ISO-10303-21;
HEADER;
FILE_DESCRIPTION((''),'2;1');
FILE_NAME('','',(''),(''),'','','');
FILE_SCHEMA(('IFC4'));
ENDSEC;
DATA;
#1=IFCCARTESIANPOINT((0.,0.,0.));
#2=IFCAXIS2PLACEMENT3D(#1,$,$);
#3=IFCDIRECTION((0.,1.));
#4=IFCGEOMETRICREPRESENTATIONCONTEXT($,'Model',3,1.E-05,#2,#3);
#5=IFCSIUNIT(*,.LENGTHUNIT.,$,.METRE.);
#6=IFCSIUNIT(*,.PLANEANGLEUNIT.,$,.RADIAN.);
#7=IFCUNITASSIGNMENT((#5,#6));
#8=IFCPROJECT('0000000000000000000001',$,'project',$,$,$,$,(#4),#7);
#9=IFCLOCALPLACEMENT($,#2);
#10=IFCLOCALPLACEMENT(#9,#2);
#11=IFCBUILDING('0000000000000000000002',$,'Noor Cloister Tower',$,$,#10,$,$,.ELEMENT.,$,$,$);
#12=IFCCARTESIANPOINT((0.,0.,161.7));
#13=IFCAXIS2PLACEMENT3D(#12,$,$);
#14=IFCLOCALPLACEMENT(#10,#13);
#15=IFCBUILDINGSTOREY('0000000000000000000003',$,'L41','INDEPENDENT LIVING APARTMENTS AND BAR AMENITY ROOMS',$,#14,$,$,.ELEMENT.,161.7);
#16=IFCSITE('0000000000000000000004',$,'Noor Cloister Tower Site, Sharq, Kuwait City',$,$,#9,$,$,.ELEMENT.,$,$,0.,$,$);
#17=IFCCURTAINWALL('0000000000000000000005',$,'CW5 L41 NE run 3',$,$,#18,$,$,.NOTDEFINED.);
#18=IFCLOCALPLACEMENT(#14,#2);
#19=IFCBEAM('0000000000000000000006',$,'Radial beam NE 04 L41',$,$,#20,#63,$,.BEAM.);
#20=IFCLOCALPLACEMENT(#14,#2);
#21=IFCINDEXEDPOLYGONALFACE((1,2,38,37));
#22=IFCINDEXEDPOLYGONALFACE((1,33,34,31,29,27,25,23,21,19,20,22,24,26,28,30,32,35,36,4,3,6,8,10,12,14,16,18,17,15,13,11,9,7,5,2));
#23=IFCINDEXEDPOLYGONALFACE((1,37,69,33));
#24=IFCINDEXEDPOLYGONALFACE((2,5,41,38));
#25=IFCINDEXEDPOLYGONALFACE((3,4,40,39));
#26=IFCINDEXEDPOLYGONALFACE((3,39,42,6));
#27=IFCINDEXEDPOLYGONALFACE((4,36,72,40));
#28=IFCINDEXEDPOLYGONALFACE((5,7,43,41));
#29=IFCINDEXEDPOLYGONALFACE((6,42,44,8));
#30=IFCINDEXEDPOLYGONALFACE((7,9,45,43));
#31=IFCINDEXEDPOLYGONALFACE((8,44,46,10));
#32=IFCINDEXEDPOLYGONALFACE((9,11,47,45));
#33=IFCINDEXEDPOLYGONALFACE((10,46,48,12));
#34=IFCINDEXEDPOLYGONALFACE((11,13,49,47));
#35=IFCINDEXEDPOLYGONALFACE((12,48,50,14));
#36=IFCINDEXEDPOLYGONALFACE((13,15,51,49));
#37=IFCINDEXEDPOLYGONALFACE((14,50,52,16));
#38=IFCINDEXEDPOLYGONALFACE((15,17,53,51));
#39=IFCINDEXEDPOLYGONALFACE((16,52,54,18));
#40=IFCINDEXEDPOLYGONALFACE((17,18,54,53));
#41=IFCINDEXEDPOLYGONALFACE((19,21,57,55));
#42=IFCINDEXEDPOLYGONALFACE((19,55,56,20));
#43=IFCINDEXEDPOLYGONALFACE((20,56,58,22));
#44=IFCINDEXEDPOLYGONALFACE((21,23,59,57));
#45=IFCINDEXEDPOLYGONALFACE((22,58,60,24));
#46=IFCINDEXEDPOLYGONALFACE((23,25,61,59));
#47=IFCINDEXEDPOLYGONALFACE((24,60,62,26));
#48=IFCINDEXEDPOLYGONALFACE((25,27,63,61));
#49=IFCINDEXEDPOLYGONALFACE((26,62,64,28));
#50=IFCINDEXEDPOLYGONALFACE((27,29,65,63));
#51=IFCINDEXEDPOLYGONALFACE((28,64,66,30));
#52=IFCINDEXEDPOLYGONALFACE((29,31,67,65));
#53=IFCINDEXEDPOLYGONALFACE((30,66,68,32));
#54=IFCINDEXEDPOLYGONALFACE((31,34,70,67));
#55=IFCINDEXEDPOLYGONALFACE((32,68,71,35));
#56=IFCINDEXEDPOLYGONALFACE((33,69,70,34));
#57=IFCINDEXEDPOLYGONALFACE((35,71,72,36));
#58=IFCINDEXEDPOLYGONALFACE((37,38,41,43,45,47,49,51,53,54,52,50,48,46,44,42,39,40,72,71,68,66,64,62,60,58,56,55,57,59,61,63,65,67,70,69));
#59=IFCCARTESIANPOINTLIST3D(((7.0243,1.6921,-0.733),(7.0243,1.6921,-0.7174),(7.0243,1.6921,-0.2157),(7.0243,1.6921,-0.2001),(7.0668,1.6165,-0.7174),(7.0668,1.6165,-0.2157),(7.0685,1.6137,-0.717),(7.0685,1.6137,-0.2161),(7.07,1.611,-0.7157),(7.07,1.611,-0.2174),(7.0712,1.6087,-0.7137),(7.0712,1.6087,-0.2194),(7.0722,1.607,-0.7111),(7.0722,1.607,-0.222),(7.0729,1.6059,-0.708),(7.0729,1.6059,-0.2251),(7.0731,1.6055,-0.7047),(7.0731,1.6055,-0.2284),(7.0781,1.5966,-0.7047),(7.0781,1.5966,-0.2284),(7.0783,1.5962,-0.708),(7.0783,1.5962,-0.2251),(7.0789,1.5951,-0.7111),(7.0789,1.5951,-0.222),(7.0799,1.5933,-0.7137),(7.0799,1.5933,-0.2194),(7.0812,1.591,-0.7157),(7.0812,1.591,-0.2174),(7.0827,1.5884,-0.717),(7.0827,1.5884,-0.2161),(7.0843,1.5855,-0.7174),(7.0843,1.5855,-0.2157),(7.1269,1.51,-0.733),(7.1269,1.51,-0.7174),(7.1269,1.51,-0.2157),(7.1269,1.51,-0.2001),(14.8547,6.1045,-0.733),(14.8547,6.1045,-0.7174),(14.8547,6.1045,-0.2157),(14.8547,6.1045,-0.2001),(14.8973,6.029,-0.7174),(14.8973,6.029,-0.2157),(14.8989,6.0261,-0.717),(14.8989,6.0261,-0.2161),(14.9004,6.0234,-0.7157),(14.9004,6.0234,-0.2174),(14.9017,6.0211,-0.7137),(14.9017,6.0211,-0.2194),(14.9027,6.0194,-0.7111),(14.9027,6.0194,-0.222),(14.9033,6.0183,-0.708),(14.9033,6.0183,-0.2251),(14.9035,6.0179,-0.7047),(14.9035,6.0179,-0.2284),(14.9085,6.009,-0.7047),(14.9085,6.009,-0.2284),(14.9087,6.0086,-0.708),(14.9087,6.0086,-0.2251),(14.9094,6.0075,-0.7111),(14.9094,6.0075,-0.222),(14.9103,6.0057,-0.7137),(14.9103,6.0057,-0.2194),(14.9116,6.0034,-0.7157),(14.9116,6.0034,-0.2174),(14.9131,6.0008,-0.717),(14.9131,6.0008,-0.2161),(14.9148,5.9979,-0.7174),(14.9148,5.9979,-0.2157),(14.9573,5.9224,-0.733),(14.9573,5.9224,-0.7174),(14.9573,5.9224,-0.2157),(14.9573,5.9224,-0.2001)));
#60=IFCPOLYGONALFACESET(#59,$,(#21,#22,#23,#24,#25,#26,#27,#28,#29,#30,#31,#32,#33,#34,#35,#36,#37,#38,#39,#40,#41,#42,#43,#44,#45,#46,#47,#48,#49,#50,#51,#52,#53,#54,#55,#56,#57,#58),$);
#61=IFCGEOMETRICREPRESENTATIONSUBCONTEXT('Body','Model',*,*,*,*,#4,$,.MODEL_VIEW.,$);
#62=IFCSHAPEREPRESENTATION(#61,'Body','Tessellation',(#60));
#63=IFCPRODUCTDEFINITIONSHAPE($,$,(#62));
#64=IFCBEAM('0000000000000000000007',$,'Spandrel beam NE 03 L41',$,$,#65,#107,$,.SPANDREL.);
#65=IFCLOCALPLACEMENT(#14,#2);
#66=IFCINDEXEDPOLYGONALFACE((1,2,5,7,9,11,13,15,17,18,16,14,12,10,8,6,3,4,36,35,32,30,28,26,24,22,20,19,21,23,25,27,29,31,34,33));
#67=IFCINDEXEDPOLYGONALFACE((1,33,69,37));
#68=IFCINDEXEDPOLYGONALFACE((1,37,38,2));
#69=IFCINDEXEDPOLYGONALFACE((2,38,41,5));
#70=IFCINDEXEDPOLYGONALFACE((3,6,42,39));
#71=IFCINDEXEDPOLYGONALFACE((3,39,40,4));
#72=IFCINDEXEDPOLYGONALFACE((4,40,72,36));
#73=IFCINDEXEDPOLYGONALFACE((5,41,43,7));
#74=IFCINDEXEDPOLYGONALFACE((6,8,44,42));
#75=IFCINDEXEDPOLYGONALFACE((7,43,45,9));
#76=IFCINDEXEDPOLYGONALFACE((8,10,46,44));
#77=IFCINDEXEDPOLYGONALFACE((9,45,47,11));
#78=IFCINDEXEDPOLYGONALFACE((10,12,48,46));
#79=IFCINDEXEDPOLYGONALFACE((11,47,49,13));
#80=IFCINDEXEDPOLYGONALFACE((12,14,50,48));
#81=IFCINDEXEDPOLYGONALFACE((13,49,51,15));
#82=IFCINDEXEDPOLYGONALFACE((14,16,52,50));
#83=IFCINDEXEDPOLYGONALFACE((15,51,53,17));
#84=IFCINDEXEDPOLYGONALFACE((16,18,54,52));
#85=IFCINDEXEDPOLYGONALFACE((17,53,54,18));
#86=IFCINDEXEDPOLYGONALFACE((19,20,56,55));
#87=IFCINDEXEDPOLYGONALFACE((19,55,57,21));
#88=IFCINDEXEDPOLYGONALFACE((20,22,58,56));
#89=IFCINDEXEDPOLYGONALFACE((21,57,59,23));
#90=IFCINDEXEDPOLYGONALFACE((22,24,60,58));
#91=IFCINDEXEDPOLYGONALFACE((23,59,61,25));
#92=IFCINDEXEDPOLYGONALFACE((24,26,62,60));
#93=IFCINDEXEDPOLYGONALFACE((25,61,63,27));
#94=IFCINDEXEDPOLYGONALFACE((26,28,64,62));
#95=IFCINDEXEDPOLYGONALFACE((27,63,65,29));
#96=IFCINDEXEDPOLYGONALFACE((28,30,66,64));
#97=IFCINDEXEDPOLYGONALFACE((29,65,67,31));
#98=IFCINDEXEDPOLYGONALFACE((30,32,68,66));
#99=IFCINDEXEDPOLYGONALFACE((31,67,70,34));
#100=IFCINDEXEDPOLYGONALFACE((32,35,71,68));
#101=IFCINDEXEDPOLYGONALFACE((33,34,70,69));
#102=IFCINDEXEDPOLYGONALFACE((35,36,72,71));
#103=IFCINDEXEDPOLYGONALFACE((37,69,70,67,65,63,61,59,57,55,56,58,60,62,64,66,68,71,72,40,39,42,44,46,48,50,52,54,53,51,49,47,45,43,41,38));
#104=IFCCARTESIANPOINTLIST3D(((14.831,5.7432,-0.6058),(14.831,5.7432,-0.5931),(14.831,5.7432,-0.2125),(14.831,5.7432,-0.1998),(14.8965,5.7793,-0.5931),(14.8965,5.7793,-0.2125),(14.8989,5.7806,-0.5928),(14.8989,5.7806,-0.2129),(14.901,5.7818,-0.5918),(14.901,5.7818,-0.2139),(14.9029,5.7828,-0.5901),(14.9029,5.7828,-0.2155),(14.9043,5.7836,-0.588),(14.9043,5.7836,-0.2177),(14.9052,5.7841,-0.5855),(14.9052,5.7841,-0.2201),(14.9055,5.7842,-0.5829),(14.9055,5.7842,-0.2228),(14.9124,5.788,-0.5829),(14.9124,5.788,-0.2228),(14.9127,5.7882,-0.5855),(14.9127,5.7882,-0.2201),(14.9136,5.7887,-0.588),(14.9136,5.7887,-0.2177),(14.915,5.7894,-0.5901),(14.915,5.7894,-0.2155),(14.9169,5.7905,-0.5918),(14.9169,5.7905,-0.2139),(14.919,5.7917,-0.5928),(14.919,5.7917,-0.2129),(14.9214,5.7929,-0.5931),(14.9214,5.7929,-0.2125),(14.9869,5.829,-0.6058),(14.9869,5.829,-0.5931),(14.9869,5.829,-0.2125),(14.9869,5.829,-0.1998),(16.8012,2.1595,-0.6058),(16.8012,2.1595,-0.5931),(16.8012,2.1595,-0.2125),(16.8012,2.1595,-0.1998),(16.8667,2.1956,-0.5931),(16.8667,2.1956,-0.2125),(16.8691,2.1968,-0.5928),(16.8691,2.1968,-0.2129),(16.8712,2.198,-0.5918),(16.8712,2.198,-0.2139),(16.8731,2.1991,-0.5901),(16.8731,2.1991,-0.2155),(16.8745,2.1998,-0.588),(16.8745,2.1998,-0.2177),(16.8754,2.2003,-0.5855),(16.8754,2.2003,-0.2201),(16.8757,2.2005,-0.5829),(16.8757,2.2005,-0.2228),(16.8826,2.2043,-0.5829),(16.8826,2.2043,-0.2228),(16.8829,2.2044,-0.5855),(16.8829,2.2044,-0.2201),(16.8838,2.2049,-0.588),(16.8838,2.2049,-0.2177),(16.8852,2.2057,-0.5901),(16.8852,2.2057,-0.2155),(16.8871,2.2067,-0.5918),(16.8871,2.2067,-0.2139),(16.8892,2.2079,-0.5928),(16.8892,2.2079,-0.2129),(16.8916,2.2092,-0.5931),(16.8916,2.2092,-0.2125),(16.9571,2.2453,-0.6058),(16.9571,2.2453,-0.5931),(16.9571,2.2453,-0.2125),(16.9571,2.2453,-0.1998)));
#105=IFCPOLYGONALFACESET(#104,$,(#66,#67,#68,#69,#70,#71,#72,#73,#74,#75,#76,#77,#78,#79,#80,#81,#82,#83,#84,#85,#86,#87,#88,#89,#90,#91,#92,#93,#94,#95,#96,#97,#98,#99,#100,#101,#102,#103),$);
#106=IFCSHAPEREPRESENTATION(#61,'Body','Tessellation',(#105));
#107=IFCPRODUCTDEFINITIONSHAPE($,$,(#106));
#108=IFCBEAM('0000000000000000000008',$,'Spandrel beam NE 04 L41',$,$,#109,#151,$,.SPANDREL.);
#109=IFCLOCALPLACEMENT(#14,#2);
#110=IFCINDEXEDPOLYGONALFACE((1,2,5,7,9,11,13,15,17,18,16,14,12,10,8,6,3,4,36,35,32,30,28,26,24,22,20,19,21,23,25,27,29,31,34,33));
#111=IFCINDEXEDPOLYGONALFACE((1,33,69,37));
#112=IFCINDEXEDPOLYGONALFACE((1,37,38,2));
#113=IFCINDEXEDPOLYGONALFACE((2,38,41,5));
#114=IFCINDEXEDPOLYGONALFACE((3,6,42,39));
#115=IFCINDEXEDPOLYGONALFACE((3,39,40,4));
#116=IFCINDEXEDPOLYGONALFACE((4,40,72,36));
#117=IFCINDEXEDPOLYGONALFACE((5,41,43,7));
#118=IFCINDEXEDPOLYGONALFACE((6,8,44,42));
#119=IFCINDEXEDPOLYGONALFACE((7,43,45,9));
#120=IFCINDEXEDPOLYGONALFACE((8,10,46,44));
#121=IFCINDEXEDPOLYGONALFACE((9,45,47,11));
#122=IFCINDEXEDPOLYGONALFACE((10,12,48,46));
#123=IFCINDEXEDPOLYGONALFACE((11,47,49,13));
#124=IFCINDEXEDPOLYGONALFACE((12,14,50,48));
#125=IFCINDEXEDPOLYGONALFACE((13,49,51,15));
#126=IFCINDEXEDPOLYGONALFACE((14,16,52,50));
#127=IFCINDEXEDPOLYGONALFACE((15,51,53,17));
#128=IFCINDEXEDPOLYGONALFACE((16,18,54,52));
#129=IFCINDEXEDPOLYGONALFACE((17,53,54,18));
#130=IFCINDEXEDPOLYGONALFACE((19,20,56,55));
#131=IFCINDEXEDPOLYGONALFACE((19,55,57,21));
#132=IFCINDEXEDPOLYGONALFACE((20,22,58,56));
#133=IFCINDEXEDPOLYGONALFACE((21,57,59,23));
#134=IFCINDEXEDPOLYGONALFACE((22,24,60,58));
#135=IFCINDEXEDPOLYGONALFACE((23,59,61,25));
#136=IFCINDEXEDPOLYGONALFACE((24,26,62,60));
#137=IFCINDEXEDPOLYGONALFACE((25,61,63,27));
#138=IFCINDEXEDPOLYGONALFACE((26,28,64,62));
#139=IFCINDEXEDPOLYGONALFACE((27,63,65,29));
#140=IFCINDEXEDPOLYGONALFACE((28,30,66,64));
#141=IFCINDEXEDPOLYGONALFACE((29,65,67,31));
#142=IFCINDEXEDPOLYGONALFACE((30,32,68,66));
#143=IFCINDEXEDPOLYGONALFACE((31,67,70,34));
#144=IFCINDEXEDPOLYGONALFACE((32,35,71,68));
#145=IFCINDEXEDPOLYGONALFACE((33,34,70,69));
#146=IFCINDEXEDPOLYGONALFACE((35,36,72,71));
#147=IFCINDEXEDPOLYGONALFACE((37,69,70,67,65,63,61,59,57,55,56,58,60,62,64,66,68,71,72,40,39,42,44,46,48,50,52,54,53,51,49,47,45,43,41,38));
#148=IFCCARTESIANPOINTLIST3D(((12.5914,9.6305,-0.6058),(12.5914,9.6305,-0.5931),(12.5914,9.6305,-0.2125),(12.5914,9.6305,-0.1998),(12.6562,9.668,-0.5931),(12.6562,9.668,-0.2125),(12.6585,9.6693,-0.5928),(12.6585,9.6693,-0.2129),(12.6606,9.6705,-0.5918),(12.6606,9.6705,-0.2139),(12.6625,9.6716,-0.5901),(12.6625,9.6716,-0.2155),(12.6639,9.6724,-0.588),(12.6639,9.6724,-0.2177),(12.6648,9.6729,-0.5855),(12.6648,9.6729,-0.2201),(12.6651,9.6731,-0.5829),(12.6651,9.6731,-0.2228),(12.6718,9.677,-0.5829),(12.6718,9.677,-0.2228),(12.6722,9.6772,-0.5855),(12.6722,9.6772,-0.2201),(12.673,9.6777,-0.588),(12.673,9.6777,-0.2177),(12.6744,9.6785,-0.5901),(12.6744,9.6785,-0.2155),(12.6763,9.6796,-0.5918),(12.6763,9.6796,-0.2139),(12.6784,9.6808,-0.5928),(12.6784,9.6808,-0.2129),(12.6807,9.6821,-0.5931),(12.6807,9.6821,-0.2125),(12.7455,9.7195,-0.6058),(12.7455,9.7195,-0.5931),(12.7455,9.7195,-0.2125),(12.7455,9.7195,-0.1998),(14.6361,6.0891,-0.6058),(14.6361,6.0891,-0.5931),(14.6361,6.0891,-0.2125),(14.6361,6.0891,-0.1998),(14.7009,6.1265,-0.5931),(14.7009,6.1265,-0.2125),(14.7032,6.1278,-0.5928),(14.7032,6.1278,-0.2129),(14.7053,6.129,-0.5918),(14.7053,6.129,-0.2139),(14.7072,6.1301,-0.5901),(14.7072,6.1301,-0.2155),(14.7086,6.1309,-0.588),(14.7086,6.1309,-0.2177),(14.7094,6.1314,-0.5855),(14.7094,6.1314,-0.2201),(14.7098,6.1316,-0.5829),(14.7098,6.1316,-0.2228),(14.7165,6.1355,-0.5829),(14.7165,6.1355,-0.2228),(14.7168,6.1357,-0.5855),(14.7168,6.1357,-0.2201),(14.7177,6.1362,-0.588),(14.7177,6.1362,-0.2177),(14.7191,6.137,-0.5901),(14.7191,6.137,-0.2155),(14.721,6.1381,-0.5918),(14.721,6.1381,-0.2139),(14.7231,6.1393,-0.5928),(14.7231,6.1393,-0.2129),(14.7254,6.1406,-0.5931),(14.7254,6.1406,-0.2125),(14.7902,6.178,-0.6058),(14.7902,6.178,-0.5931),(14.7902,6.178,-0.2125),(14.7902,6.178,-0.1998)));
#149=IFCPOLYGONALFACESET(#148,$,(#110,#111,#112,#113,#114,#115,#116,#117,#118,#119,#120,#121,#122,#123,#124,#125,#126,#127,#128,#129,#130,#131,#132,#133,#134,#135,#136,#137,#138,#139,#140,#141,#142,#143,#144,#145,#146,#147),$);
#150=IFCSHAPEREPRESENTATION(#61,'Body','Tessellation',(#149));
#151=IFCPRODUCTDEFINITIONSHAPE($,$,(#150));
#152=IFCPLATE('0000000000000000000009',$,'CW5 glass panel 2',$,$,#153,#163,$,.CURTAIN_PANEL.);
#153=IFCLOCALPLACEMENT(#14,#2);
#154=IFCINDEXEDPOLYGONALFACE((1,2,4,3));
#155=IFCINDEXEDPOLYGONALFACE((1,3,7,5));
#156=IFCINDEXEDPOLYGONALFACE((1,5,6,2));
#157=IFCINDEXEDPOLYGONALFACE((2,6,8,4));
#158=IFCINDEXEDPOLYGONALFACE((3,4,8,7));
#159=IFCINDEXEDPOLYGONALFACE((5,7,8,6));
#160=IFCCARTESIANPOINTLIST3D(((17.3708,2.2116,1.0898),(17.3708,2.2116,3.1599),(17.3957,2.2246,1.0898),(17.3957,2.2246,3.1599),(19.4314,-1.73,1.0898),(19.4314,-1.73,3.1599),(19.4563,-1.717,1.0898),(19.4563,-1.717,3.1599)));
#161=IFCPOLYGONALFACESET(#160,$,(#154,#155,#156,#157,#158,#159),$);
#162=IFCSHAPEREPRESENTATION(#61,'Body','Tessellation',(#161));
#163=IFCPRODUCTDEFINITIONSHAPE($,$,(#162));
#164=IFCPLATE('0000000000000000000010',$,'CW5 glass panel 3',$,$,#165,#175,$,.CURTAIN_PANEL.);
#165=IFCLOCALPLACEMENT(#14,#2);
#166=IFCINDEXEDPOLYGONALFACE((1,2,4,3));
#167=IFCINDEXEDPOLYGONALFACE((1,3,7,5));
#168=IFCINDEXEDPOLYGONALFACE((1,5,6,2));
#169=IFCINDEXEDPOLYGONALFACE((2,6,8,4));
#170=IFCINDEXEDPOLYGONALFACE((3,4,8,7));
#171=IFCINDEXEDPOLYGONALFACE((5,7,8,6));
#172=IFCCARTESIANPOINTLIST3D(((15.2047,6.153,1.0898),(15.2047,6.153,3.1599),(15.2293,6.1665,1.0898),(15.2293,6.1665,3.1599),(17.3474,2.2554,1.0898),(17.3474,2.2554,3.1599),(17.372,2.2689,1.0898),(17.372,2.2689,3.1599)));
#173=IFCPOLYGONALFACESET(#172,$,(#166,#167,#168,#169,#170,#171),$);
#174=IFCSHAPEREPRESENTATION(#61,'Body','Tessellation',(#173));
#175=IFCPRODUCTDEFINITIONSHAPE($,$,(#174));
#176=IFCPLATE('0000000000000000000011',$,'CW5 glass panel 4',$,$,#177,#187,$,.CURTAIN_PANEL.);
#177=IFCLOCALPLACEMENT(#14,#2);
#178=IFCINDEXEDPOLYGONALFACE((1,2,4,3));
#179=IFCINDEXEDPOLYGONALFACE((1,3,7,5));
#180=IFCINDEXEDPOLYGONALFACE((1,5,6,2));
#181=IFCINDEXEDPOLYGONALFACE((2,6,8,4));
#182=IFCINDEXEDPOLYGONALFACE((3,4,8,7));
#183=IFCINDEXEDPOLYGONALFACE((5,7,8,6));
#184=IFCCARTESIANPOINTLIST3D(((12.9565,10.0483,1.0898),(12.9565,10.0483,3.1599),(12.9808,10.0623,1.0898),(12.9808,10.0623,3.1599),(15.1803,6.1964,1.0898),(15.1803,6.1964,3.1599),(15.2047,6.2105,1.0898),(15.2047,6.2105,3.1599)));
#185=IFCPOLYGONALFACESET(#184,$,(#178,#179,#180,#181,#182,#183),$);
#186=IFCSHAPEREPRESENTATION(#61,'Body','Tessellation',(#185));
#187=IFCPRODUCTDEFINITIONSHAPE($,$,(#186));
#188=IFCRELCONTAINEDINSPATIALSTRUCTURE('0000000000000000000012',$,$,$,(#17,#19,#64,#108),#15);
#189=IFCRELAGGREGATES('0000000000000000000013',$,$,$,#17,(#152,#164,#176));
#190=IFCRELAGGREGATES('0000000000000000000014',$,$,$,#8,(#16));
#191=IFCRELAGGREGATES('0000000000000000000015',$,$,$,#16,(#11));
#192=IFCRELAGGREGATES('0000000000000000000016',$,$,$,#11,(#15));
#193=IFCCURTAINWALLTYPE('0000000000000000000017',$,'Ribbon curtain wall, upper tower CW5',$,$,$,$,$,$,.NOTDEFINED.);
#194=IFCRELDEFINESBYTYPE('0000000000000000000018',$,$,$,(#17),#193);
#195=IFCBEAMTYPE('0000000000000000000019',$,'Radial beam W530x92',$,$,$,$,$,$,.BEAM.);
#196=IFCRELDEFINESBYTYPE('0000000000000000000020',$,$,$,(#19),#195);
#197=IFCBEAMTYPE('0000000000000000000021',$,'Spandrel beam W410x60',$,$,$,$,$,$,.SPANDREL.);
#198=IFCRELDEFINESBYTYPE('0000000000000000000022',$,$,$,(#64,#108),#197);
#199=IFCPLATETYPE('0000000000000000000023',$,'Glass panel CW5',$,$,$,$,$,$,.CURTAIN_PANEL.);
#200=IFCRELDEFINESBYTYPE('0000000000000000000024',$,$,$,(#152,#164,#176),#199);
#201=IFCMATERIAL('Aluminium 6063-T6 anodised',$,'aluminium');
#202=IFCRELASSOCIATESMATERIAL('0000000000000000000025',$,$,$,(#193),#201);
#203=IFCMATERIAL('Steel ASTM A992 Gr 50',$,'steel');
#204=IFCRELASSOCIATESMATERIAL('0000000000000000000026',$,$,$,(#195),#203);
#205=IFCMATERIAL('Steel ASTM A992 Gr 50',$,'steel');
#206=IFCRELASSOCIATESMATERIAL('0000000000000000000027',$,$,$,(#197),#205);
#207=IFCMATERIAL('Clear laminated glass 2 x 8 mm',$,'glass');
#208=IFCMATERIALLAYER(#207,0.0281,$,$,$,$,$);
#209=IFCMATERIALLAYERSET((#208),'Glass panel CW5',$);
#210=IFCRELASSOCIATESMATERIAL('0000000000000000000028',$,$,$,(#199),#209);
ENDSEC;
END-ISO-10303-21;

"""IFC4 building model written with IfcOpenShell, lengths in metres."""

from ifc_helpers import new_model, si_unit, direction, frame, origin, origin_2d, place, context, subcontext, project, spatial, rectangle, i_section, extrude, material, layer, layer_set, material_profile, profile_set, type_object, element, aggregate, save


model = new_model("IFC4")

# Units and contexts
model_context = context("Model", 3, precision=1e-05, world=origin(), true_north=direction((0.0, 1.0)))
body_context = subcontext(model_context, "Body", "Model", "MODEL_VIEW")
ifc_project = project(units=[si_unit("LENGTHUNIT", "METRE"), si_unit("PLANEANGLEUNIT", "RADIAN")], contexts=[model_context])

# Site, building, storey
site_placement = place(None, origin())
site = spatial("IfcSite", under=ifc_project, at=site_placement, Name="Noor Cloister Tower Site, Sharq, Kuwait City", CompositionType="ELEMENT", RefElevation=0.0)
building_placement = place(site_placement, origin())
building = spatial("IfcBuilding", under=site, at=building_placement, Name="Noor Cloister Tower", CompositionType="ELEMENT")
storey_placement = place(building_placement, frame((0.0, 0.0, 161.7)))
storey = spatial("IfcBuildingStorey", under=building, at=storey_placement, Name="L41", Description="INDEPENDENT LIVING APARTMENTS AND BAR AMENITY ROOMS", CompositionType="ELEMENT", Elevation=161.7)

# Curtain wall
ifc_material_1 = material(Name="Aluminium 6063-T6 anodised", Category="aluminium")
curtain_wall_type = type_object("IfcCurtainWallType", Name="Ribbon curtain wall, upper tower CW5", PredefinedType="NOTDEFINED", material=ifc_material_1)
curtain_wall_placement = place(storey_placement, origin())
curtain_wall = element("IfcCurtainWall", 1, at=curtain_wall_placement, inside=storey, type_object=curtain_wall_type, Name="CW5 L41 NE run 3", PredefinedType="NOTDEFINED")

# Beams
ifc_material_2 = material(Name="Steel ASTM A992 Gr 50", Category="steel")
ifc_material_profile_1 = material_profile(ifc_material_2, i_section(OverallWidth=0.209, OverallDepth=0.533, WebThickness=0.0103, FlangeThickness=0.0156, FilletRadius=0.0127, at=origin_2d()), Name="W530x92")
ifc_profile_set_1 = profile_set([ifc_material_profile_1], Name="Steel ASTM A992 Gr 50")
beam_type_1 = type_object("IfcBeamType", Name="Radial beam W530x92", PredefinedType="BEAM", material=ifc_profile_set_1)
beam_1_placement = place(storey_placement, frame((14.906, 6.0134, -0.4666), z_axis=(-0.871205, -0.49092, 0.0), x_axis=(0.49092, -0.871205, 0.0)))
element("IfcBeam", 2, at=beam_1_placement, inside=storey, type_object=beam_type_1, Name="Radial beam NE 04 L41", PredefinedType="BEAM", context=body_context, shape_type="SweptSolid", body=[
    extrude(i_section(OverallWidth=0.209, OverallDepth=0.533, WebThickness=0.0103, FlangeThickness=0.0156, FilletRadius=0.0127, at=origin_2d()), origin(), (0.0, 0.0, 1.0), 8.988),
])
ifc_material_3 = material(Name="Steel ASTM A992 Gr 50", Category="steel")
ifc_material_profile_2 = material_profile(ifc_material_3, i_section(OverallWidth=0.178, OverallDepth=0.406, WebThickness=0.0078, FlangeThickness=0.0127, FilletRadius=0.0103, at=origin_2d()), Name="W410x60")
ifc_profile_set_2 = profile_set([ifc_material_profile_2], Name="Steel ASTM A992 Gr 50")
beam_type_2 = type_object("IfcBeamType", Name="Spandrel beam W410x60", PredefinedType="SPANDREL", material=ifc_profile_set_2)
beam_2_placement = place(storey_placement, frame((16.8792, 2.2024, -0.4028), z_axis=(-0.481761, 0.876303, 0.0), x_axis=(-0.876303, -0.481761, 0.0)))
element("IfcBeam", 3, at=beam_2_placement, inside=storey, type_object=beam_type_2, Name="Spandrel beam NE 03 L41", PredefinedType="SPANDREL", context=body_context, shape_type="SweptSolid", body=[
    extrude(i_section(OverallWidth=0.178, OverallDepth=0.406, WebThickness=0.0078, FlangeThickness=0.0127, FilletRadius=0.0103, at=origin_2d()), origin(), (0.0, 0.0, 1.0), 4.0896),
])
beam_3_placement = place(storey_placement, frame((14.7131, 6.1335, -0.4028), z_axis=(-0.499998, 0.866027, 0.0), x_axis=(-0.866027, -0.499998, 0.0)))
element("IfcBeam", 4, at=beam_3_placement, inside=storey, type_object=beam_type_2, Name="Spandrel beam NE 04 L41", PredefinedType="SPANDREL", context=body_context, shape_type="SweptSolid", body=[
    extrude(i_section(OverallWidth=0.178, OverallDepth=0.406, WebThickness=0.0078, FlangeThickness=0.0127, FilletRadius=0.0103, at=origin_2d()), origin(), (0.0, 0.0, 1.0), 4.0894),
])

# Plates
ifc_material_4 = material(Name="Clear laminated glass 2 x 8 mm", Category="glass")
ifc_layer_1 = layer(ifc_material_4, 0.0281)
ifc_layer_set_1 = layer_set([ifc_layer_1], Name="Glass panel CW5")
plate_type = type_object("IfcPlateType", Name="Glass panel CW5", PredefinedType="CURTAIN_PANEL", material=ifc_layer_set_1)
plate_1_placement = place(storey_placement, frame((18.4136, 0.2473, 1.0898), z_axis=(0.0, 0.0, 1.0), x_axis=(-0.463292, 0.886206, 0.0)))
plate_1 = element("IfcPlate", 5, at=plate_1_placement, type_object=plate_type, Name="CW5 glass panel 2", PredefinedType="CURTAIN_PANEL", context=body_context, shape_type="SweptSolid", body=[
    extrude(rectangle(XDim=4.4478, YDim=0.0281, at=origin_2d()), origin(), (0.0, 0.0, 1.0), 2.0701),
])
plate_2_placement = place(storey_placement, frame((16.2883, 4.2109, 1.0898), z_axis=(0.0, 0.0, 1.0), x_axis=(-0.481752, 0.876308, 0.0)))
plate_2 = element("IfcPlate", 6, at=plate_2_placement, type_object=plate_type, Name="CW5 glass panel 3", PredefinedType="CURTAIN_PANEL", context=body_context, shape_type="SweptSolid", body=[
    extrude(rectangle(XDim=4.4478, YDim=0.0281, at=origin_2d()), origin(), (0.0, 0.0, 1.0), 2.0701),
])
plate_3_placement = place(storey_placement, frame((14.0806, 8.1294, 1.0898), z_axis=(0.0, 0.0, 1.0), x_axis=(-0.5, 0.866025, 0.0)))
plate_3 = element("IfcPlate", 7, at=plate_3_placement, type_object=plate_type, Name="CW5 glass panel 4", PredefinedType="CURTAIN_PANEL", context=body_context, shape_type="SweptSolid", body=[
    extrude(rectangle(XDim=4.4478, YDim=0.0281, at=origin_2d()), origin(), (0.0, 0.0, 1.0), 2.0701),
])
aggregate(curtain_wall, [plate_1, plate_2, plate_3])

save(model, "model.ifc")
